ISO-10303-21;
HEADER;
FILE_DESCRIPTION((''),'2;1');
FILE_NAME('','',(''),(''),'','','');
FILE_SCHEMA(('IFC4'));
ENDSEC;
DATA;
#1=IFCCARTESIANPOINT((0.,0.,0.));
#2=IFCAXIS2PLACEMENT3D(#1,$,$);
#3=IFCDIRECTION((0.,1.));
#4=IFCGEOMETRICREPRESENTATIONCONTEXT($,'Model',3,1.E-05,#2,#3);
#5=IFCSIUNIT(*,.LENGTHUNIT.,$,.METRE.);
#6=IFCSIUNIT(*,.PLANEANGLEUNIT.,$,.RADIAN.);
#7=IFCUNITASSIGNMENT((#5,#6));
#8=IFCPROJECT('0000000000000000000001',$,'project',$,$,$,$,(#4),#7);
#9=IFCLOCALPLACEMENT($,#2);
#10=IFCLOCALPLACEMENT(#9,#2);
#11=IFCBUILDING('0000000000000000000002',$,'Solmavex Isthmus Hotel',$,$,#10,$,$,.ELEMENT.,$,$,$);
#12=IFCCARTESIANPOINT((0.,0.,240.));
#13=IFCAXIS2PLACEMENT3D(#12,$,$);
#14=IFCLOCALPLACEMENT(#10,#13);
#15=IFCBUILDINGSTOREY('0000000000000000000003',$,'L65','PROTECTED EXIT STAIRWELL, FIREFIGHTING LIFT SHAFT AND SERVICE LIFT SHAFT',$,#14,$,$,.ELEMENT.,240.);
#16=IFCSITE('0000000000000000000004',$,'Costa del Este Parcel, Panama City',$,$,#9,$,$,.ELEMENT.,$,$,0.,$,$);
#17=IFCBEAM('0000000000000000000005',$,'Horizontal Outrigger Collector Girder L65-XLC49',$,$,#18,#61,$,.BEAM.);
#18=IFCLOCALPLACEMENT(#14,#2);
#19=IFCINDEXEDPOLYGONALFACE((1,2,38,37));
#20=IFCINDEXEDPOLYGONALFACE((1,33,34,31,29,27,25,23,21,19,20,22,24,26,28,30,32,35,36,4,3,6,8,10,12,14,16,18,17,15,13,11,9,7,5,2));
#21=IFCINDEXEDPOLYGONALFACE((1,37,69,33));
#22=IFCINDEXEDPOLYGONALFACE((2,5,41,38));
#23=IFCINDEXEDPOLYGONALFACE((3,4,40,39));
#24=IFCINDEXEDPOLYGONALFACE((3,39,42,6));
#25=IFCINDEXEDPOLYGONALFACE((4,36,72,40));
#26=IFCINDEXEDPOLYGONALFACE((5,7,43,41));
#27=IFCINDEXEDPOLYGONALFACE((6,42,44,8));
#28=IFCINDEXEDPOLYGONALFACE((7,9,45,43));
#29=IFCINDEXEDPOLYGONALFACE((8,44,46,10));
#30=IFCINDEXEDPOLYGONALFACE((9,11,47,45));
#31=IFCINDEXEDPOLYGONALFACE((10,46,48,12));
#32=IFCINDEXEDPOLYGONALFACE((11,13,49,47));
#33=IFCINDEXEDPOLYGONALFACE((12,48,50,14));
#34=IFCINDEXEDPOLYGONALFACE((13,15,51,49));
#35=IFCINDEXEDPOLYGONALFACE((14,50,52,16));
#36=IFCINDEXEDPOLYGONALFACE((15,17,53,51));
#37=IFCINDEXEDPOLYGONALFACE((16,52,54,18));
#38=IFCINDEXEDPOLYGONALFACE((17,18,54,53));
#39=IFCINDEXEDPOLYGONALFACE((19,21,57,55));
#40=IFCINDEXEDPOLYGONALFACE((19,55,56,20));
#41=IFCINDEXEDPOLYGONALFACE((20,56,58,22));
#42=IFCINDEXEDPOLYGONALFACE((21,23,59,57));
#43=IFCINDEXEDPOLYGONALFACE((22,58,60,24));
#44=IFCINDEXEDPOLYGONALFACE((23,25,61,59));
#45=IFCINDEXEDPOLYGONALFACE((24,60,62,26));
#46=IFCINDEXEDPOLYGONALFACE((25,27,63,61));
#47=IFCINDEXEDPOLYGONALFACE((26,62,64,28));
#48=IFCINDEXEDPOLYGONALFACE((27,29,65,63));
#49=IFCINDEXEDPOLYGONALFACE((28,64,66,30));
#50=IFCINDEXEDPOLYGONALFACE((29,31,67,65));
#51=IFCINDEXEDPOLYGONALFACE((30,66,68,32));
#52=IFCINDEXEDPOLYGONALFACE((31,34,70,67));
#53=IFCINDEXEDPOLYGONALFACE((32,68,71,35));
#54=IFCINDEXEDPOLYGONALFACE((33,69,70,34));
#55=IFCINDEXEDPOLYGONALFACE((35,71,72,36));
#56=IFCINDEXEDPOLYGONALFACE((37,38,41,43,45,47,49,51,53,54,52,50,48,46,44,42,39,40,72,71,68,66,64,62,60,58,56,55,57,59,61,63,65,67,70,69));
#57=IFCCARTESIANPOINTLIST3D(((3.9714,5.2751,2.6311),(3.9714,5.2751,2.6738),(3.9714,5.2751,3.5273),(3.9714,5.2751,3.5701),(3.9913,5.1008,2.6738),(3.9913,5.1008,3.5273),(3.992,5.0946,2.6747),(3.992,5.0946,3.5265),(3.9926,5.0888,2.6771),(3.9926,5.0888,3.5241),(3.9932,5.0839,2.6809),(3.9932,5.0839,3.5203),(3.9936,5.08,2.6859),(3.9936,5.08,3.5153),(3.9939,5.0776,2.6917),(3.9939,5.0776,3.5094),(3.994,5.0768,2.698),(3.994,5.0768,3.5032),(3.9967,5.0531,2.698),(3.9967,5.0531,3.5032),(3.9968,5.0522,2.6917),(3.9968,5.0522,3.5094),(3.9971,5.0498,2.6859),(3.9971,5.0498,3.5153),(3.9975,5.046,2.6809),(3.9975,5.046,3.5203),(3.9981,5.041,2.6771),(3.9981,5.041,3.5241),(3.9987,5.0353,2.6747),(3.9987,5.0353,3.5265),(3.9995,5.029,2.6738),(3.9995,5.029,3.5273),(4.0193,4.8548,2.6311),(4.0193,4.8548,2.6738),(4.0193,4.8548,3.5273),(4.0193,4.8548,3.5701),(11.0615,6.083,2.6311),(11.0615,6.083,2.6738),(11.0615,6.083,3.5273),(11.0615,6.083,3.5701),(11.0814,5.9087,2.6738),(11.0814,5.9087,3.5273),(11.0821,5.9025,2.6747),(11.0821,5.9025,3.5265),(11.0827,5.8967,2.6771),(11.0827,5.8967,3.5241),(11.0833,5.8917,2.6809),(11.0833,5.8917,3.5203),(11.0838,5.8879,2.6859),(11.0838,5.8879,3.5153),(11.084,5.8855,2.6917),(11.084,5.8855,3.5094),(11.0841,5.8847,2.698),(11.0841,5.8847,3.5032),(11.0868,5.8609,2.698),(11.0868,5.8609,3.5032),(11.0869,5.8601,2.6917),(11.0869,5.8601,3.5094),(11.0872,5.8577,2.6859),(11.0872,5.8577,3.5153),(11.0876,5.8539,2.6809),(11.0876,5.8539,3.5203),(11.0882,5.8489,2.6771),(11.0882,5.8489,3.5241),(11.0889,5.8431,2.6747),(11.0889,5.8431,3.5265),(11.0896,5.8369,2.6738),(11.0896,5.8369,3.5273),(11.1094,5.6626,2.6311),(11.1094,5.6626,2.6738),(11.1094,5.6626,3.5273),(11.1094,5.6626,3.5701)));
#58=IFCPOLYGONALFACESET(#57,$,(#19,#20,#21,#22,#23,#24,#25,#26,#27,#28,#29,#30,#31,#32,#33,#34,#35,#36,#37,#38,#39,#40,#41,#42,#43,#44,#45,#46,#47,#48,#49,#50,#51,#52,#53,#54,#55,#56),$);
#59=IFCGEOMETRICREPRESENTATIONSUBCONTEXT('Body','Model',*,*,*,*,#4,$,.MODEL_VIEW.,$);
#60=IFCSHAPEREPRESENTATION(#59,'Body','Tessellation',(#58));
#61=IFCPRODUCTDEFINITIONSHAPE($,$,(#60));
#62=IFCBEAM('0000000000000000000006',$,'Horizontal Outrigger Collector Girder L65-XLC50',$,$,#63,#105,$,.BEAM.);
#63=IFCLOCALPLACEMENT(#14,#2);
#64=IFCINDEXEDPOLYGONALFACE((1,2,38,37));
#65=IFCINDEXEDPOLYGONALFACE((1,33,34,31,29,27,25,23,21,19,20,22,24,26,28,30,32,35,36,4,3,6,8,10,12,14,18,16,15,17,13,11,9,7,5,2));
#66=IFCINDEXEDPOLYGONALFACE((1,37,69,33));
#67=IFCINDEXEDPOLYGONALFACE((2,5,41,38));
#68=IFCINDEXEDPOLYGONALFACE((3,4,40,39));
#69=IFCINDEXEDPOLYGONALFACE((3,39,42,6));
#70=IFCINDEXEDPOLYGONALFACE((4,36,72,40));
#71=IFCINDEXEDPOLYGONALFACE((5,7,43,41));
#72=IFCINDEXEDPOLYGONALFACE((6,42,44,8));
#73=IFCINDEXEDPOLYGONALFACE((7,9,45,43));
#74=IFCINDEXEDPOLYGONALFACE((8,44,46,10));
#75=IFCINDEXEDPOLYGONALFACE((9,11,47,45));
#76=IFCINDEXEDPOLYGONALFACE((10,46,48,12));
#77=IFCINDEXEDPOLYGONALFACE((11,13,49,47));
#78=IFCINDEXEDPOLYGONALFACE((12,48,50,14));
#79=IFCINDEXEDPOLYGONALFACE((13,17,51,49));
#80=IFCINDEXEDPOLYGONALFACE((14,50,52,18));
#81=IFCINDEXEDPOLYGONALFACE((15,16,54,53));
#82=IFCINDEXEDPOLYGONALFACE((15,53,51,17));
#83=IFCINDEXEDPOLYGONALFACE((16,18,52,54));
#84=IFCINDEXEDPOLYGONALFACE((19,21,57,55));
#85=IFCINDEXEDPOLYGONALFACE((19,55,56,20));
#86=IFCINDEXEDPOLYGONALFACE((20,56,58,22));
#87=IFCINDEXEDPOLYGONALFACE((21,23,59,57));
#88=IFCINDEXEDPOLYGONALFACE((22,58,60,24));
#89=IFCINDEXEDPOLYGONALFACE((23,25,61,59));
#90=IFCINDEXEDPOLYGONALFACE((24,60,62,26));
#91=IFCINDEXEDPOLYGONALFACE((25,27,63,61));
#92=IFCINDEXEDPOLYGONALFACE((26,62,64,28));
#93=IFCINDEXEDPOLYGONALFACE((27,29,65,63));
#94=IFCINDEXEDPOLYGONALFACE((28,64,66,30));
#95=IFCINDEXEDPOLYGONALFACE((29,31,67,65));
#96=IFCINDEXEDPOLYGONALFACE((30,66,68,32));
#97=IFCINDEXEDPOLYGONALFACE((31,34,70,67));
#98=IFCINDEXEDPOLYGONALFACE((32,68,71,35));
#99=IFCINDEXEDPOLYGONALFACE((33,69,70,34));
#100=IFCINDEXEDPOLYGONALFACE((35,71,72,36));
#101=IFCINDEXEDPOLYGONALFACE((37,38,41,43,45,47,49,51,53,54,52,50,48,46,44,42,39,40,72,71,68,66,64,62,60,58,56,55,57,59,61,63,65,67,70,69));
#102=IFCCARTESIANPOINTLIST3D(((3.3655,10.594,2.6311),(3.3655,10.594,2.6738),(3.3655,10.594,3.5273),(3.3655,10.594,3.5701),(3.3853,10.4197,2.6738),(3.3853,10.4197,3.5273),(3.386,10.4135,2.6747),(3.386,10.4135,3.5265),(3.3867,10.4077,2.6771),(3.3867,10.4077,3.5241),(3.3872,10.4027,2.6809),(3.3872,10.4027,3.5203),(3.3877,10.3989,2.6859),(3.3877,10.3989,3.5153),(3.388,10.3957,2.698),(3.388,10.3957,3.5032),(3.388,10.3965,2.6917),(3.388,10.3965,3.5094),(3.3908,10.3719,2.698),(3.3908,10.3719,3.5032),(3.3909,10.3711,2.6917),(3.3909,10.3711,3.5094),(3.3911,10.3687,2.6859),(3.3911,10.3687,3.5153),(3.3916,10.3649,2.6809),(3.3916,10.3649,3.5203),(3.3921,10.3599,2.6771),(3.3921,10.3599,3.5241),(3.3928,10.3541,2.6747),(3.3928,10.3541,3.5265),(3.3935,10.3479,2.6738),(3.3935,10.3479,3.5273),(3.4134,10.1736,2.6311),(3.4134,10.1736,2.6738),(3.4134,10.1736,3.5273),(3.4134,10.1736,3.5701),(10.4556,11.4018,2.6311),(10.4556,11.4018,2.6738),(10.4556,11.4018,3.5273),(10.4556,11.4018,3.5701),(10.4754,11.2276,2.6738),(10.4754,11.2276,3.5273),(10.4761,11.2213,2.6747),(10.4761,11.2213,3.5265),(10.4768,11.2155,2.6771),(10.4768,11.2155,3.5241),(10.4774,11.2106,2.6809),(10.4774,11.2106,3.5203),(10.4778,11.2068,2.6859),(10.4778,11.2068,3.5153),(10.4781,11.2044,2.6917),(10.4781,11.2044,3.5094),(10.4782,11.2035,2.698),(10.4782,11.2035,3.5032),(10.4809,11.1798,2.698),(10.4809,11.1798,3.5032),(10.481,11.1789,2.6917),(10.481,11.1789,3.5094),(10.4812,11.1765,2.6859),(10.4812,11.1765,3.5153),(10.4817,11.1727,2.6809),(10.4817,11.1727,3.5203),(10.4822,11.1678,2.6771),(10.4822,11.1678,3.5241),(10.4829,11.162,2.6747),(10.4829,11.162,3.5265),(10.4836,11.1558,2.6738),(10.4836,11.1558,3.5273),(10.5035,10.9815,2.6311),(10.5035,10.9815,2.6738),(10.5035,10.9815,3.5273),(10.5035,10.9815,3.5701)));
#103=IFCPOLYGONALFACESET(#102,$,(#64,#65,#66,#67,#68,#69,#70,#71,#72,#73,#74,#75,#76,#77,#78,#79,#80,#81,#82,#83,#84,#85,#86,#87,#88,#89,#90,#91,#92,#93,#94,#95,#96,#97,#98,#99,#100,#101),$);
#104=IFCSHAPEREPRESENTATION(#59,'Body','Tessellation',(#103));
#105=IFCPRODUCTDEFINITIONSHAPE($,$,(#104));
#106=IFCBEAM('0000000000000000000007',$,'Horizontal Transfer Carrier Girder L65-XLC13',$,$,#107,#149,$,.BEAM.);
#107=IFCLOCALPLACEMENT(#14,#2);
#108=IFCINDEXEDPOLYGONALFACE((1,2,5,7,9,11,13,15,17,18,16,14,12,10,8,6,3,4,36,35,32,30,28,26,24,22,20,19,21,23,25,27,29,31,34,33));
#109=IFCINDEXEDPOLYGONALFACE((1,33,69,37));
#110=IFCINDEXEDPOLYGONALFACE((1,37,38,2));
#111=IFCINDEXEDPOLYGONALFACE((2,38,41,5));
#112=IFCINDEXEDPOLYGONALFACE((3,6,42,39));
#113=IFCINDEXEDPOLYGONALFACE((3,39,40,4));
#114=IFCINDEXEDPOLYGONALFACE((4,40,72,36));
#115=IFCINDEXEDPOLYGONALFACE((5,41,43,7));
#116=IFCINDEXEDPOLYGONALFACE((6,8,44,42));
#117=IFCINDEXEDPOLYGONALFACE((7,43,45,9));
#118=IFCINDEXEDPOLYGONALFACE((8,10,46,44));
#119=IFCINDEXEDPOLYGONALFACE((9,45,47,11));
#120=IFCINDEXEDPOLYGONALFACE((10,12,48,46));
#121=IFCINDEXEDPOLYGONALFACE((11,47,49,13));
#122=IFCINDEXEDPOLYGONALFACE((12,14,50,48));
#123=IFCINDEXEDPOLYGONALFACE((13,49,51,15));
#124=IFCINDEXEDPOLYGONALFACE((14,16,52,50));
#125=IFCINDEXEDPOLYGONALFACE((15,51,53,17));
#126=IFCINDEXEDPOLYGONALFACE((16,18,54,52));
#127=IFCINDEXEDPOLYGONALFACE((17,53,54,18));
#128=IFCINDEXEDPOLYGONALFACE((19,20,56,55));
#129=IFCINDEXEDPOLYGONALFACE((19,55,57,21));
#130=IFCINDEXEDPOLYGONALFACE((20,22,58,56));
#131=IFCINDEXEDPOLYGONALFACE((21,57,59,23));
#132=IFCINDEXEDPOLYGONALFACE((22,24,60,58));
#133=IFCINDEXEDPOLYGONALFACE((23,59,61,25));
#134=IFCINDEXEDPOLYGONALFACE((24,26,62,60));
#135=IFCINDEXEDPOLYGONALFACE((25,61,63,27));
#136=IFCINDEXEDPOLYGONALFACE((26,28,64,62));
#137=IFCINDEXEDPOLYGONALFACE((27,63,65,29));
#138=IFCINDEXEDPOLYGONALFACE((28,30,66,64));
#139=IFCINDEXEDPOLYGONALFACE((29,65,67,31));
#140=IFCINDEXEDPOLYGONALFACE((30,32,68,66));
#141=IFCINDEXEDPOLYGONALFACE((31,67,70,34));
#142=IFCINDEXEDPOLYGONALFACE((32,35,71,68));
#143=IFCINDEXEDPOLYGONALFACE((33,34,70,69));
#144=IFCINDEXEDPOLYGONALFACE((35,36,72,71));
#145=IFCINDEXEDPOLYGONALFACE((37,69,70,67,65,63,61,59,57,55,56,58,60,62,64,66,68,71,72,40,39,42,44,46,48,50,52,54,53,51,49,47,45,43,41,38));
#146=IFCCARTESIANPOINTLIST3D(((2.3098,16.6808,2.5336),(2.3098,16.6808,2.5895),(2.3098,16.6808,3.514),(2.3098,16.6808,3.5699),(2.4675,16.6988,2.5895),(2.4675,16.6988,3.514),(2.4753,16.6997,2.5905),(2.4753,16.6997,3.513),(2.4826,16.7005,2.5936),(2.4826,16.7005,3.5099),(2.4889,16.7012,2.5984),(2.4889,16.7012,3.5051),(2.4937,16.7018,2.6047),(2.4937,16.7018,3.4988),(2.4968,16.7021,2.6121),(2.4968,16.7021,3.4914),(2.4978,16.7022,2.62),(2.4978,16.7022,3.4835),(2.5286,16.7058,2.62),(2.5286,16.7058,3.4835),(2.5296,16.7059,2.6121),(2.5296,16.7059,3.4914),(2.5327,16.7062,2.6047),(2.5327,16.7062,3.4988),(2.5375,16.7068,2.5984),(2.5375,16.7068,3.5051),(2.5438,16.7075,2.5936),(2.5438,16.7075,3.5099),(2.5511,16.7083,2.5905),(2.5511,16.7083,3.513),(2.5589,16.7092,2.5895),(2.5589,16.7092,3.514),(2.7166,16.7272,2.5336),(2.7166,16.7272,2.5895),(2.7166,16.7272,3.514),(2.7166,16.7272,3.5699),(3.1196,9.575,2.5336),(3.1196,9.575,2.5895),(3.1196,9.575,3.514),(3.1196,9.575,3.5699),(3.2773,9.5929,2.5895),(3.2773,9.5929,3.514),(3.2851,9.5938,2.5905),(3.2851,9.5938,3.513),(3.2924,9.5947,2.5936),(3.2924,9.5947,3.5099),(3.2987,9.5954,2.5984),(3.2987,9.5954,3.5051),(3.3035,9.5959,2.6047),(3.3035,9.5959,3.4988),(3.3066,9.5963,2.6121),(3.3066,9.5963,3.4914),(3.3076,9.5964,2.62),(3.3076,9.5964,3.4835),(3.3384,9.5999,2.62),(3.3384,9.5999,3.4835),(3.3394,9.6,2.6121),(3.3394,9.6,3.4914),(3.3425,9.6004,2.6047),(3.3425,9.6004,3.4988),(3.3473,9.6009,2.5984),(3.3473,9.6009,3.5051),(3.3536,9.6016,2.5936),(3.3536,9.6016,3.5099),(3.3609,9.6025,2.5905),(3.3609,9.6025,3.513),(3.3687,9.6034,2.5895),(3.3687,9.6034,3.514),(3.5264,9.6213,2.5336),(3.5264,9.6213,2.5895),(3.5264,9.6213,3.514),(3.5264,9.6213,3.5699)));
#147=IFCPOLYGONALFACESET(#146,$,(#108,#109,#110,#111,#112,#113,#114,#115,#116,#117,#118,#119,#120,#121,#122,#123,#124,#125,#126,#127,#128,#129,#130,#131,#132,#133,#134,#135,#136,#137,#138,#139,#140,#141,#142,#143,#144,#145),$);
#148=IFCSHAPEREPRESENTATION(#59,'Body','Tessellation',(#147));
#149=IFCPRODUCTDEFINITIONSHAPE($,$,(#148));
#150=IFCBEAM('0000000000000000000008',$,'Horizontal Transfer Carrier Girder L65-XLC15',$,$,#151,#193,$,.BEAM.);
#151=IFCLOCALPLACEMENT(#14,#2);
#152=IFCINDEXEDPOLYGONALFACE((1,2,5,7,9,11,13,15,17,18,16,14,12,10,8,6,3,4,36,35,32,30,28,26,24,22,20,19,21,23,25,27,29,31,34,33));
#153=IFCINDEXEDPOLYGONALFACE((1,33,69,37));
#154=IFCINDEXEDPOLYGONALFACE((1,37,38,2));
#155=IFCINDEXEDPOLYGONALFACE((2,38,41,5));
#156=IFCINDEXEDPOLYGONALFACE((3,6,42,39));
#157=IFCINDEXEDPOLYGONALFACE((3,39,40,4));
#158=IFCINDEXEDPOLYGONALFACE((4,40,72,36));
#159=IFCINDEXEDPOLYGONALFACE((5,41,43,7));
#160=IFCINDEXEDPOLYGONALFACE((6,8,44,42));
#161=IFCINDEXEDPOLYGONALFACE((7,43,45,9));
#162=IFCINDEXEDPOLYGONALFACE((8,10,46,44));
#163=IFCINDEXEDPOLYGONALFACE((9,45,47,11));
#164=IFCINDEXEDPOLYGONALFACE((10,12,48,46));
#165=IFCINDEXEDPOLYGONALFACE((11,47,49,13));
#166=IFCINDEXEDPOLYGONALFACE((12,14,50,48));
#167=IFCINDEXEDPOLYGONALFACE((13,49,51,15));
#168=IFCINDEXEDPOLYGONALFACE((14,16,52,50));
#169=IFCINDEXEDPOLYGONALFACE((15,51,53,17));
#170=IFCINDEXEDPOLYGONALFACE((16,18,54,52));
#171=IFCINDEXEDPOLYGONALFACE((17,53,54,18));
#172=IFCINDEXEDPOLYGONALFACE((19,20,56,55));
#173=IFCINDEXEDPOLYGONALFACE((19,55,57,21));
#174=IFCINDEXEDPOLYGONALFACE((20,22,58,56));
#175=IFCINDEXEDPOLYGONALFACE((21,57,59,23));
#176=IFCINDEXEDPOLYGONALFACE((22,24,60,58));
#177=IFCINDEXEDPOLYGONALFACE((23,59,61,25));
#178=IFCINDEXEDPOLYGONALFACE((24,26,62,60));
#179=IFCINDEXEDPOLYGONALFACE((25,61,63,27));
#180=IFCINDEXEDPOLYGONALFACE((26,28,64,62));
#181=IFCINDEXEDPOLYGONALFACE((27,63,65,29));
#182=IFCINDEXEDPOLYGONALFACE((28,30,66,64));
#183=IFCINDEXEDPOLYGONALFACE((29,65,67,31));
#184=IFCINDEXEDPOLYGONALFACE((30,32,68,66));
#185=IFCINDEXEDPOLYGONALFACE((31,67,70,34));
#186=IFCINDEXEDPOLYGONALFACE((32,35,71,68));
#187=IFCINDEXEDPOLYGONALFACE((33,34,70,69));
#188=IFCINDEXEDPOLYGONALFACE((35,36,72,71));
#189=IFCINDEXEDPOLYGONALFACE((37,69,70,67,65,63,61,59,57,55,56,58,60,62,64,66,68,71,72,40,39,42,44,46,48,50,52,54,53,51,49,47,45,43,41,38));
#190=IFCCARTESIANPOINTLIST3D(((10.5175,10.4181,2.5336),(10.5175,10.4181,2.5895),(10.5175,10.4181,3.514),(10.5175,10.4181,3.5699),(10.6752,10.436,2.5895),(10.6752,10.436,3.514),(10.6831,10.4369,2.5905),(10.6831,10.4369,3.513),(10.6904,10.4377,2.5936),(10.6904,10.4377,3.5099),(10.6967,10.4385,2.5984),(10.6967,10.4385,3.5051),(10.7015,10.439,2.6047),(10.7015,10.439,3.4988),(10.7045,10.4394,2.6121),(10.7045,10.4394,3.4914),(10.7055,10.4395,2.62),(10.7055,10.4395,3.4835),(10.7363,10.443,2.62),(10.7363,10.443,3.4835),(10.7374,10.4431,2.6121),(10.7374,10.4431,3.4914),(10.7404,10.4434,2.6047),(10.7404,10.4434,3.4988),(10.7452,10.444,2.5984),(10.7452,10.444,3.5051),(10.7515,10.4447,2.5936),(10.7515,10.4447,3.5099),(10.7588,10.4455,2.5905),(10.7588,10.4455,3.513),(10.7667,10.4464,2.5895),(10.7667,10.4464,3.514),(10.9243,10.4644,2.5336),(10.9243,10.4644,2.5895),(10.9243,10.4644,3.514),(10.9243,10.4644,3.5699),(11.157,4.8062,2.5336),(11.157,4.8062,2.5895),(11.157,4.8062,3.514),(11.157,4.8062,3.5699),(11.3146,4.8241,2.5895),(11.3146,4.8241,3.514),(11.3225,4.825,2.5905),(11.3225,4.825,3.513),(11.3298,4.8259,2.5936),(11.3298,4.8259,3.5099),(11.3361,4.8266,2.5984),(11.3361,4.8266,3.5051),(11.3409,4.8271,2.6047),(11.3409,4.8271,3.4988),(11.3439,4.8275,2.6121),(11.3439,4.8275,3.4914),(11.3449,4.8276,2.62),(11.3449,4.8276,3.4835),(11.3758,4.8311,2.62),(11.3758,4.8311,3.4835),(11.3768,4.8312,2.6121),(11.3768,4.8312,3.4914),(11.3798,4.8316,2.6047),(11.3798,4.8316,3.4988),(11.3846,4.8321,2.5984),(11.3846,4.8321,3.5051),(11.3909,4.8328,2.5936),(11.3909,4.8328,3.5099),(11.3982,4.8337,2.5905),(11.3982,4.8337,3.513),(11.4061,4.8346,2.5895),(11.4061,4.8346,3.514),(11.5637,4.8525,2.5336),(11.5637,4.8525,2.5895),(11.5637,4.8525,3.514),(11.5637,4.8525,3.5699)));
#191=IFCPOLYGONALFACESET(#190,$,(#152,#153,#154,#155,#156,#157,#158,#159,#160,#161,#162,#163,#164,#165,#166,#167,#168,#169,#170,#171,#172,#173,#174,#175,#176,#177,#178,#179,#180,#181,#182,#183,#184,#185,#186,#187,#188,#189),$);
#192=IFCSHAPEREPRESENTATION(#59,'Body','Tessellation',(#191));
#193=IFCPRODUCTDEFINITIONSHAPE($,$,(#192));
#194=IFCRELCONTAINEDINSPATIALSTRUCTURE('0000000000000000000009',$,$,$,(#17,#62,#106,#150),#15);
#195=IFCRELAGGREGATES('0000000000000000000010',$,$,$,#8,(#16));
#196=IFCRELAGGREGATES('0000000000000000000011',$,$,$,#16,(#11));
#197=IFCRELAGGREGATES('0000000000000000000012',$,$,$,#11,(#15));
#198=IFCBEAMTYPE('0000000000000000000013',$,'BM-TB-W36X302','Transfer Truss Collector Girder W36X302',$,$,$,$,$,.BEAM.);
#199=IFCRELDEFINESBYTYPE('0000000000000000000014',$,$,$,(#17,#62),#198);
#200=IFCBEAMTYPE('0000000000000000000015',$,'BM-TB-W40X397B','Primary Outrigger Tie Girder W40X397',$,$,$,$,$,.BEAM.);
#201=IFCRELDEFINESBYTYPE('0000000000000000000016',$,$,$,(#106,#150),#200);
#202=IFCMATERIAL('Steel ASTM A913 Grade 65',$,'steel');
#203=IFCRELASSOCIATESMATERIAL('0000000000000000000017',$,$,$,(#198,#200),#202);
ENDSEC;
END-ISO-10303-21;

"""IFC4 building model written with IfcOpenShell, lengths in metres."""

from ifc_helpers import new_model, si_unit, direction, frame, origin, origin_2d, place, context, subcontext, project, spatial, i_section, extrude, material, material_profile, profile_set, type_object, element, save


model = new_model("IFC4")

# Units and contexts
model_context = context("Model", 3, precision=1e-05, world=origin(), true_north=direction((0.0, 1.0)))
body_context = subcontext(model_context, "Body", "Model", "MODEL_VIEW")
ifc_project = project(units=[si_unit("LENGTHUNIT", "METRE"), si_unit("PLANEANGLEUNIT", "RADIAN")], contexts=[model_context])

# Site, building, storey
site_placement = place(None, origin())
site = spatial("IfcSite", under=ifc_project, at=site_placement, Name="Costa del Este Parcel, Panama City", CompositionType="ELEMENT", RefElevation=0.0)
building_placement = place(site_placement, origin())
building = spatial("IfcBuilding", under=site, at=building_placement, Name="Solmavex Isthmus Hotel", CompositionType="ELEMENT")
storey_placement = place(building_placement, frame((0.0, 0.0, 240.0)))
storey = spatial("IfcBuildingStorey", under=building, at=storey_placement, Name="L65", Description="PROTECTED EXIT STAIRWELL, FIREFIGHTING LIFT SHAFT AND SERVICE LIFT SHAFT", CompositionType="ELEMENT", Elevation=240.0)

# Shared definitions
ifc_material_1 = material(Name="Steel ASTM A913 Grade 65", Category="steel")

# Beams
ifc_material_profile_1 = material_profile(ifc_material_1, i_section(OverallWidth=0.4231, OverallDepth=0.939, WebThickness=0.0239, FlangeThickness=0.0427, FilletRadius=0.0242, at=origin_2d()), Name="W36X302")
ifc_profile_set_1 = profile_set([ifc_material_profile_1], Name="Steel ASTM A913 Grade 65")
beam_type_1 = type_object("IfcBeamType", Name="BM-TB-W36X302", Description="Transfer Truss Collector Girder W36X302", PredefinedType="BEAM", material=ifc_profile_set_1)
for number, where, z_axis, x_axis, name in (
    (1, (3.9954, 5.0649, 3.1006), (0.993571, 0.11321, 0.0), (-0.11321, 0.993571, 0.0), "Horizontal Outrigger Collector Girder L65-XLC49"),
    (2, (3.3894, 10.3838, 3.1006), (0.993571, 0.11321, 0.0), (-0.11321, 0.993571, 0.0), "Horizontal Outrigger Collector Girder L65-XLC50"),
):
    element("IfcBeam", number, at=place(storey_placement, frame(where, z_axis=z_axis, x_axis=x_axis)), inside=storey, type_object=beam_type_1, Name=name, PredefinedType="BEAM", context=body_context, shape_type="SweptSolid", body=[
        extrude(i_section(OverallWidth=0.4231, OverallDepth=0.939, WebThickness=0.0239, FlangeThickness=0.0427, FilletRadius=0.0242, at=origin_2d()), origin(), (0.0, 0.0, 1.0), 7.136),
    ])
ifc_material_profile_2 = material_profile(ifc_material_1, i_section(OverallWidth=0.4094, OverallDepth=1.0364, WebThickness=0.031, FlangeThickness=0.0559, FilletRadius=0.0305, at=origin_2d()), Name="W40X397")
ifc_profile_set_2 = profile_set([ifc_material_profile_2], Name="Steel ASTM A913 Grade 65")
beam_type_2 = type_object("IfcBeamType", Name="BM-TB-W40X397B", Description="Primary Outrigger Tie Girder W40X397", PredefinedType="BEAM", material=ifc_profile_set_2)
beam_1_placement = place(storey_placement, frame((3.323, 9.5981, 3.0518), z_axis=(-0.11323, 0.993569, 0.0), x_axis=(-0.993569, -0.11323, 0.0)))
element("IfcBeam", 3, at=beam_1_placement, inside=storey, type_object=beam_type_2, Name="Horizontal Transfer Carrier Girder L65-XLC13", PredefinedType="BEAM", context=body_context, shape_type="SweptSolid", body=[
    extrude(i_section(OverallWidth=0.4094, OverallDepth=1.0364, WebThickness=0.031, FlangeThickness=0.0559, FilletRadius=0.0305, at=origin_2d()), origin(), (0.0, 0.0, 1.0), 7.1519),
])
beam_2_placement = place(storey_placement, frame((11.3604, 4.8293, 3.0518), z_axis=(-0.113206, 0.993571, 0.0), x_axis=(-0.993571, -0.113206, 0.0)))
element("IfcBeam", 4, at=beam_2_placement, inside=storey, type_object=beam_type_2, Name="Horizontal Transfer Carrier Girder L65-XLC15", PredefinedType="BEAM", context=body_context, shape_type="SweptSolid", body=[
    extrude(i_section(OverallWidth=0.4094, OverallDepth=1.0364, WebThickness=0.031, FlangeThickness=0.0559, FilletRadius=0.0305, at=origin_2d()), origin(), (0.0, 0.0, 1.0), 5.6482),
])

save(model, "model.ifc")
